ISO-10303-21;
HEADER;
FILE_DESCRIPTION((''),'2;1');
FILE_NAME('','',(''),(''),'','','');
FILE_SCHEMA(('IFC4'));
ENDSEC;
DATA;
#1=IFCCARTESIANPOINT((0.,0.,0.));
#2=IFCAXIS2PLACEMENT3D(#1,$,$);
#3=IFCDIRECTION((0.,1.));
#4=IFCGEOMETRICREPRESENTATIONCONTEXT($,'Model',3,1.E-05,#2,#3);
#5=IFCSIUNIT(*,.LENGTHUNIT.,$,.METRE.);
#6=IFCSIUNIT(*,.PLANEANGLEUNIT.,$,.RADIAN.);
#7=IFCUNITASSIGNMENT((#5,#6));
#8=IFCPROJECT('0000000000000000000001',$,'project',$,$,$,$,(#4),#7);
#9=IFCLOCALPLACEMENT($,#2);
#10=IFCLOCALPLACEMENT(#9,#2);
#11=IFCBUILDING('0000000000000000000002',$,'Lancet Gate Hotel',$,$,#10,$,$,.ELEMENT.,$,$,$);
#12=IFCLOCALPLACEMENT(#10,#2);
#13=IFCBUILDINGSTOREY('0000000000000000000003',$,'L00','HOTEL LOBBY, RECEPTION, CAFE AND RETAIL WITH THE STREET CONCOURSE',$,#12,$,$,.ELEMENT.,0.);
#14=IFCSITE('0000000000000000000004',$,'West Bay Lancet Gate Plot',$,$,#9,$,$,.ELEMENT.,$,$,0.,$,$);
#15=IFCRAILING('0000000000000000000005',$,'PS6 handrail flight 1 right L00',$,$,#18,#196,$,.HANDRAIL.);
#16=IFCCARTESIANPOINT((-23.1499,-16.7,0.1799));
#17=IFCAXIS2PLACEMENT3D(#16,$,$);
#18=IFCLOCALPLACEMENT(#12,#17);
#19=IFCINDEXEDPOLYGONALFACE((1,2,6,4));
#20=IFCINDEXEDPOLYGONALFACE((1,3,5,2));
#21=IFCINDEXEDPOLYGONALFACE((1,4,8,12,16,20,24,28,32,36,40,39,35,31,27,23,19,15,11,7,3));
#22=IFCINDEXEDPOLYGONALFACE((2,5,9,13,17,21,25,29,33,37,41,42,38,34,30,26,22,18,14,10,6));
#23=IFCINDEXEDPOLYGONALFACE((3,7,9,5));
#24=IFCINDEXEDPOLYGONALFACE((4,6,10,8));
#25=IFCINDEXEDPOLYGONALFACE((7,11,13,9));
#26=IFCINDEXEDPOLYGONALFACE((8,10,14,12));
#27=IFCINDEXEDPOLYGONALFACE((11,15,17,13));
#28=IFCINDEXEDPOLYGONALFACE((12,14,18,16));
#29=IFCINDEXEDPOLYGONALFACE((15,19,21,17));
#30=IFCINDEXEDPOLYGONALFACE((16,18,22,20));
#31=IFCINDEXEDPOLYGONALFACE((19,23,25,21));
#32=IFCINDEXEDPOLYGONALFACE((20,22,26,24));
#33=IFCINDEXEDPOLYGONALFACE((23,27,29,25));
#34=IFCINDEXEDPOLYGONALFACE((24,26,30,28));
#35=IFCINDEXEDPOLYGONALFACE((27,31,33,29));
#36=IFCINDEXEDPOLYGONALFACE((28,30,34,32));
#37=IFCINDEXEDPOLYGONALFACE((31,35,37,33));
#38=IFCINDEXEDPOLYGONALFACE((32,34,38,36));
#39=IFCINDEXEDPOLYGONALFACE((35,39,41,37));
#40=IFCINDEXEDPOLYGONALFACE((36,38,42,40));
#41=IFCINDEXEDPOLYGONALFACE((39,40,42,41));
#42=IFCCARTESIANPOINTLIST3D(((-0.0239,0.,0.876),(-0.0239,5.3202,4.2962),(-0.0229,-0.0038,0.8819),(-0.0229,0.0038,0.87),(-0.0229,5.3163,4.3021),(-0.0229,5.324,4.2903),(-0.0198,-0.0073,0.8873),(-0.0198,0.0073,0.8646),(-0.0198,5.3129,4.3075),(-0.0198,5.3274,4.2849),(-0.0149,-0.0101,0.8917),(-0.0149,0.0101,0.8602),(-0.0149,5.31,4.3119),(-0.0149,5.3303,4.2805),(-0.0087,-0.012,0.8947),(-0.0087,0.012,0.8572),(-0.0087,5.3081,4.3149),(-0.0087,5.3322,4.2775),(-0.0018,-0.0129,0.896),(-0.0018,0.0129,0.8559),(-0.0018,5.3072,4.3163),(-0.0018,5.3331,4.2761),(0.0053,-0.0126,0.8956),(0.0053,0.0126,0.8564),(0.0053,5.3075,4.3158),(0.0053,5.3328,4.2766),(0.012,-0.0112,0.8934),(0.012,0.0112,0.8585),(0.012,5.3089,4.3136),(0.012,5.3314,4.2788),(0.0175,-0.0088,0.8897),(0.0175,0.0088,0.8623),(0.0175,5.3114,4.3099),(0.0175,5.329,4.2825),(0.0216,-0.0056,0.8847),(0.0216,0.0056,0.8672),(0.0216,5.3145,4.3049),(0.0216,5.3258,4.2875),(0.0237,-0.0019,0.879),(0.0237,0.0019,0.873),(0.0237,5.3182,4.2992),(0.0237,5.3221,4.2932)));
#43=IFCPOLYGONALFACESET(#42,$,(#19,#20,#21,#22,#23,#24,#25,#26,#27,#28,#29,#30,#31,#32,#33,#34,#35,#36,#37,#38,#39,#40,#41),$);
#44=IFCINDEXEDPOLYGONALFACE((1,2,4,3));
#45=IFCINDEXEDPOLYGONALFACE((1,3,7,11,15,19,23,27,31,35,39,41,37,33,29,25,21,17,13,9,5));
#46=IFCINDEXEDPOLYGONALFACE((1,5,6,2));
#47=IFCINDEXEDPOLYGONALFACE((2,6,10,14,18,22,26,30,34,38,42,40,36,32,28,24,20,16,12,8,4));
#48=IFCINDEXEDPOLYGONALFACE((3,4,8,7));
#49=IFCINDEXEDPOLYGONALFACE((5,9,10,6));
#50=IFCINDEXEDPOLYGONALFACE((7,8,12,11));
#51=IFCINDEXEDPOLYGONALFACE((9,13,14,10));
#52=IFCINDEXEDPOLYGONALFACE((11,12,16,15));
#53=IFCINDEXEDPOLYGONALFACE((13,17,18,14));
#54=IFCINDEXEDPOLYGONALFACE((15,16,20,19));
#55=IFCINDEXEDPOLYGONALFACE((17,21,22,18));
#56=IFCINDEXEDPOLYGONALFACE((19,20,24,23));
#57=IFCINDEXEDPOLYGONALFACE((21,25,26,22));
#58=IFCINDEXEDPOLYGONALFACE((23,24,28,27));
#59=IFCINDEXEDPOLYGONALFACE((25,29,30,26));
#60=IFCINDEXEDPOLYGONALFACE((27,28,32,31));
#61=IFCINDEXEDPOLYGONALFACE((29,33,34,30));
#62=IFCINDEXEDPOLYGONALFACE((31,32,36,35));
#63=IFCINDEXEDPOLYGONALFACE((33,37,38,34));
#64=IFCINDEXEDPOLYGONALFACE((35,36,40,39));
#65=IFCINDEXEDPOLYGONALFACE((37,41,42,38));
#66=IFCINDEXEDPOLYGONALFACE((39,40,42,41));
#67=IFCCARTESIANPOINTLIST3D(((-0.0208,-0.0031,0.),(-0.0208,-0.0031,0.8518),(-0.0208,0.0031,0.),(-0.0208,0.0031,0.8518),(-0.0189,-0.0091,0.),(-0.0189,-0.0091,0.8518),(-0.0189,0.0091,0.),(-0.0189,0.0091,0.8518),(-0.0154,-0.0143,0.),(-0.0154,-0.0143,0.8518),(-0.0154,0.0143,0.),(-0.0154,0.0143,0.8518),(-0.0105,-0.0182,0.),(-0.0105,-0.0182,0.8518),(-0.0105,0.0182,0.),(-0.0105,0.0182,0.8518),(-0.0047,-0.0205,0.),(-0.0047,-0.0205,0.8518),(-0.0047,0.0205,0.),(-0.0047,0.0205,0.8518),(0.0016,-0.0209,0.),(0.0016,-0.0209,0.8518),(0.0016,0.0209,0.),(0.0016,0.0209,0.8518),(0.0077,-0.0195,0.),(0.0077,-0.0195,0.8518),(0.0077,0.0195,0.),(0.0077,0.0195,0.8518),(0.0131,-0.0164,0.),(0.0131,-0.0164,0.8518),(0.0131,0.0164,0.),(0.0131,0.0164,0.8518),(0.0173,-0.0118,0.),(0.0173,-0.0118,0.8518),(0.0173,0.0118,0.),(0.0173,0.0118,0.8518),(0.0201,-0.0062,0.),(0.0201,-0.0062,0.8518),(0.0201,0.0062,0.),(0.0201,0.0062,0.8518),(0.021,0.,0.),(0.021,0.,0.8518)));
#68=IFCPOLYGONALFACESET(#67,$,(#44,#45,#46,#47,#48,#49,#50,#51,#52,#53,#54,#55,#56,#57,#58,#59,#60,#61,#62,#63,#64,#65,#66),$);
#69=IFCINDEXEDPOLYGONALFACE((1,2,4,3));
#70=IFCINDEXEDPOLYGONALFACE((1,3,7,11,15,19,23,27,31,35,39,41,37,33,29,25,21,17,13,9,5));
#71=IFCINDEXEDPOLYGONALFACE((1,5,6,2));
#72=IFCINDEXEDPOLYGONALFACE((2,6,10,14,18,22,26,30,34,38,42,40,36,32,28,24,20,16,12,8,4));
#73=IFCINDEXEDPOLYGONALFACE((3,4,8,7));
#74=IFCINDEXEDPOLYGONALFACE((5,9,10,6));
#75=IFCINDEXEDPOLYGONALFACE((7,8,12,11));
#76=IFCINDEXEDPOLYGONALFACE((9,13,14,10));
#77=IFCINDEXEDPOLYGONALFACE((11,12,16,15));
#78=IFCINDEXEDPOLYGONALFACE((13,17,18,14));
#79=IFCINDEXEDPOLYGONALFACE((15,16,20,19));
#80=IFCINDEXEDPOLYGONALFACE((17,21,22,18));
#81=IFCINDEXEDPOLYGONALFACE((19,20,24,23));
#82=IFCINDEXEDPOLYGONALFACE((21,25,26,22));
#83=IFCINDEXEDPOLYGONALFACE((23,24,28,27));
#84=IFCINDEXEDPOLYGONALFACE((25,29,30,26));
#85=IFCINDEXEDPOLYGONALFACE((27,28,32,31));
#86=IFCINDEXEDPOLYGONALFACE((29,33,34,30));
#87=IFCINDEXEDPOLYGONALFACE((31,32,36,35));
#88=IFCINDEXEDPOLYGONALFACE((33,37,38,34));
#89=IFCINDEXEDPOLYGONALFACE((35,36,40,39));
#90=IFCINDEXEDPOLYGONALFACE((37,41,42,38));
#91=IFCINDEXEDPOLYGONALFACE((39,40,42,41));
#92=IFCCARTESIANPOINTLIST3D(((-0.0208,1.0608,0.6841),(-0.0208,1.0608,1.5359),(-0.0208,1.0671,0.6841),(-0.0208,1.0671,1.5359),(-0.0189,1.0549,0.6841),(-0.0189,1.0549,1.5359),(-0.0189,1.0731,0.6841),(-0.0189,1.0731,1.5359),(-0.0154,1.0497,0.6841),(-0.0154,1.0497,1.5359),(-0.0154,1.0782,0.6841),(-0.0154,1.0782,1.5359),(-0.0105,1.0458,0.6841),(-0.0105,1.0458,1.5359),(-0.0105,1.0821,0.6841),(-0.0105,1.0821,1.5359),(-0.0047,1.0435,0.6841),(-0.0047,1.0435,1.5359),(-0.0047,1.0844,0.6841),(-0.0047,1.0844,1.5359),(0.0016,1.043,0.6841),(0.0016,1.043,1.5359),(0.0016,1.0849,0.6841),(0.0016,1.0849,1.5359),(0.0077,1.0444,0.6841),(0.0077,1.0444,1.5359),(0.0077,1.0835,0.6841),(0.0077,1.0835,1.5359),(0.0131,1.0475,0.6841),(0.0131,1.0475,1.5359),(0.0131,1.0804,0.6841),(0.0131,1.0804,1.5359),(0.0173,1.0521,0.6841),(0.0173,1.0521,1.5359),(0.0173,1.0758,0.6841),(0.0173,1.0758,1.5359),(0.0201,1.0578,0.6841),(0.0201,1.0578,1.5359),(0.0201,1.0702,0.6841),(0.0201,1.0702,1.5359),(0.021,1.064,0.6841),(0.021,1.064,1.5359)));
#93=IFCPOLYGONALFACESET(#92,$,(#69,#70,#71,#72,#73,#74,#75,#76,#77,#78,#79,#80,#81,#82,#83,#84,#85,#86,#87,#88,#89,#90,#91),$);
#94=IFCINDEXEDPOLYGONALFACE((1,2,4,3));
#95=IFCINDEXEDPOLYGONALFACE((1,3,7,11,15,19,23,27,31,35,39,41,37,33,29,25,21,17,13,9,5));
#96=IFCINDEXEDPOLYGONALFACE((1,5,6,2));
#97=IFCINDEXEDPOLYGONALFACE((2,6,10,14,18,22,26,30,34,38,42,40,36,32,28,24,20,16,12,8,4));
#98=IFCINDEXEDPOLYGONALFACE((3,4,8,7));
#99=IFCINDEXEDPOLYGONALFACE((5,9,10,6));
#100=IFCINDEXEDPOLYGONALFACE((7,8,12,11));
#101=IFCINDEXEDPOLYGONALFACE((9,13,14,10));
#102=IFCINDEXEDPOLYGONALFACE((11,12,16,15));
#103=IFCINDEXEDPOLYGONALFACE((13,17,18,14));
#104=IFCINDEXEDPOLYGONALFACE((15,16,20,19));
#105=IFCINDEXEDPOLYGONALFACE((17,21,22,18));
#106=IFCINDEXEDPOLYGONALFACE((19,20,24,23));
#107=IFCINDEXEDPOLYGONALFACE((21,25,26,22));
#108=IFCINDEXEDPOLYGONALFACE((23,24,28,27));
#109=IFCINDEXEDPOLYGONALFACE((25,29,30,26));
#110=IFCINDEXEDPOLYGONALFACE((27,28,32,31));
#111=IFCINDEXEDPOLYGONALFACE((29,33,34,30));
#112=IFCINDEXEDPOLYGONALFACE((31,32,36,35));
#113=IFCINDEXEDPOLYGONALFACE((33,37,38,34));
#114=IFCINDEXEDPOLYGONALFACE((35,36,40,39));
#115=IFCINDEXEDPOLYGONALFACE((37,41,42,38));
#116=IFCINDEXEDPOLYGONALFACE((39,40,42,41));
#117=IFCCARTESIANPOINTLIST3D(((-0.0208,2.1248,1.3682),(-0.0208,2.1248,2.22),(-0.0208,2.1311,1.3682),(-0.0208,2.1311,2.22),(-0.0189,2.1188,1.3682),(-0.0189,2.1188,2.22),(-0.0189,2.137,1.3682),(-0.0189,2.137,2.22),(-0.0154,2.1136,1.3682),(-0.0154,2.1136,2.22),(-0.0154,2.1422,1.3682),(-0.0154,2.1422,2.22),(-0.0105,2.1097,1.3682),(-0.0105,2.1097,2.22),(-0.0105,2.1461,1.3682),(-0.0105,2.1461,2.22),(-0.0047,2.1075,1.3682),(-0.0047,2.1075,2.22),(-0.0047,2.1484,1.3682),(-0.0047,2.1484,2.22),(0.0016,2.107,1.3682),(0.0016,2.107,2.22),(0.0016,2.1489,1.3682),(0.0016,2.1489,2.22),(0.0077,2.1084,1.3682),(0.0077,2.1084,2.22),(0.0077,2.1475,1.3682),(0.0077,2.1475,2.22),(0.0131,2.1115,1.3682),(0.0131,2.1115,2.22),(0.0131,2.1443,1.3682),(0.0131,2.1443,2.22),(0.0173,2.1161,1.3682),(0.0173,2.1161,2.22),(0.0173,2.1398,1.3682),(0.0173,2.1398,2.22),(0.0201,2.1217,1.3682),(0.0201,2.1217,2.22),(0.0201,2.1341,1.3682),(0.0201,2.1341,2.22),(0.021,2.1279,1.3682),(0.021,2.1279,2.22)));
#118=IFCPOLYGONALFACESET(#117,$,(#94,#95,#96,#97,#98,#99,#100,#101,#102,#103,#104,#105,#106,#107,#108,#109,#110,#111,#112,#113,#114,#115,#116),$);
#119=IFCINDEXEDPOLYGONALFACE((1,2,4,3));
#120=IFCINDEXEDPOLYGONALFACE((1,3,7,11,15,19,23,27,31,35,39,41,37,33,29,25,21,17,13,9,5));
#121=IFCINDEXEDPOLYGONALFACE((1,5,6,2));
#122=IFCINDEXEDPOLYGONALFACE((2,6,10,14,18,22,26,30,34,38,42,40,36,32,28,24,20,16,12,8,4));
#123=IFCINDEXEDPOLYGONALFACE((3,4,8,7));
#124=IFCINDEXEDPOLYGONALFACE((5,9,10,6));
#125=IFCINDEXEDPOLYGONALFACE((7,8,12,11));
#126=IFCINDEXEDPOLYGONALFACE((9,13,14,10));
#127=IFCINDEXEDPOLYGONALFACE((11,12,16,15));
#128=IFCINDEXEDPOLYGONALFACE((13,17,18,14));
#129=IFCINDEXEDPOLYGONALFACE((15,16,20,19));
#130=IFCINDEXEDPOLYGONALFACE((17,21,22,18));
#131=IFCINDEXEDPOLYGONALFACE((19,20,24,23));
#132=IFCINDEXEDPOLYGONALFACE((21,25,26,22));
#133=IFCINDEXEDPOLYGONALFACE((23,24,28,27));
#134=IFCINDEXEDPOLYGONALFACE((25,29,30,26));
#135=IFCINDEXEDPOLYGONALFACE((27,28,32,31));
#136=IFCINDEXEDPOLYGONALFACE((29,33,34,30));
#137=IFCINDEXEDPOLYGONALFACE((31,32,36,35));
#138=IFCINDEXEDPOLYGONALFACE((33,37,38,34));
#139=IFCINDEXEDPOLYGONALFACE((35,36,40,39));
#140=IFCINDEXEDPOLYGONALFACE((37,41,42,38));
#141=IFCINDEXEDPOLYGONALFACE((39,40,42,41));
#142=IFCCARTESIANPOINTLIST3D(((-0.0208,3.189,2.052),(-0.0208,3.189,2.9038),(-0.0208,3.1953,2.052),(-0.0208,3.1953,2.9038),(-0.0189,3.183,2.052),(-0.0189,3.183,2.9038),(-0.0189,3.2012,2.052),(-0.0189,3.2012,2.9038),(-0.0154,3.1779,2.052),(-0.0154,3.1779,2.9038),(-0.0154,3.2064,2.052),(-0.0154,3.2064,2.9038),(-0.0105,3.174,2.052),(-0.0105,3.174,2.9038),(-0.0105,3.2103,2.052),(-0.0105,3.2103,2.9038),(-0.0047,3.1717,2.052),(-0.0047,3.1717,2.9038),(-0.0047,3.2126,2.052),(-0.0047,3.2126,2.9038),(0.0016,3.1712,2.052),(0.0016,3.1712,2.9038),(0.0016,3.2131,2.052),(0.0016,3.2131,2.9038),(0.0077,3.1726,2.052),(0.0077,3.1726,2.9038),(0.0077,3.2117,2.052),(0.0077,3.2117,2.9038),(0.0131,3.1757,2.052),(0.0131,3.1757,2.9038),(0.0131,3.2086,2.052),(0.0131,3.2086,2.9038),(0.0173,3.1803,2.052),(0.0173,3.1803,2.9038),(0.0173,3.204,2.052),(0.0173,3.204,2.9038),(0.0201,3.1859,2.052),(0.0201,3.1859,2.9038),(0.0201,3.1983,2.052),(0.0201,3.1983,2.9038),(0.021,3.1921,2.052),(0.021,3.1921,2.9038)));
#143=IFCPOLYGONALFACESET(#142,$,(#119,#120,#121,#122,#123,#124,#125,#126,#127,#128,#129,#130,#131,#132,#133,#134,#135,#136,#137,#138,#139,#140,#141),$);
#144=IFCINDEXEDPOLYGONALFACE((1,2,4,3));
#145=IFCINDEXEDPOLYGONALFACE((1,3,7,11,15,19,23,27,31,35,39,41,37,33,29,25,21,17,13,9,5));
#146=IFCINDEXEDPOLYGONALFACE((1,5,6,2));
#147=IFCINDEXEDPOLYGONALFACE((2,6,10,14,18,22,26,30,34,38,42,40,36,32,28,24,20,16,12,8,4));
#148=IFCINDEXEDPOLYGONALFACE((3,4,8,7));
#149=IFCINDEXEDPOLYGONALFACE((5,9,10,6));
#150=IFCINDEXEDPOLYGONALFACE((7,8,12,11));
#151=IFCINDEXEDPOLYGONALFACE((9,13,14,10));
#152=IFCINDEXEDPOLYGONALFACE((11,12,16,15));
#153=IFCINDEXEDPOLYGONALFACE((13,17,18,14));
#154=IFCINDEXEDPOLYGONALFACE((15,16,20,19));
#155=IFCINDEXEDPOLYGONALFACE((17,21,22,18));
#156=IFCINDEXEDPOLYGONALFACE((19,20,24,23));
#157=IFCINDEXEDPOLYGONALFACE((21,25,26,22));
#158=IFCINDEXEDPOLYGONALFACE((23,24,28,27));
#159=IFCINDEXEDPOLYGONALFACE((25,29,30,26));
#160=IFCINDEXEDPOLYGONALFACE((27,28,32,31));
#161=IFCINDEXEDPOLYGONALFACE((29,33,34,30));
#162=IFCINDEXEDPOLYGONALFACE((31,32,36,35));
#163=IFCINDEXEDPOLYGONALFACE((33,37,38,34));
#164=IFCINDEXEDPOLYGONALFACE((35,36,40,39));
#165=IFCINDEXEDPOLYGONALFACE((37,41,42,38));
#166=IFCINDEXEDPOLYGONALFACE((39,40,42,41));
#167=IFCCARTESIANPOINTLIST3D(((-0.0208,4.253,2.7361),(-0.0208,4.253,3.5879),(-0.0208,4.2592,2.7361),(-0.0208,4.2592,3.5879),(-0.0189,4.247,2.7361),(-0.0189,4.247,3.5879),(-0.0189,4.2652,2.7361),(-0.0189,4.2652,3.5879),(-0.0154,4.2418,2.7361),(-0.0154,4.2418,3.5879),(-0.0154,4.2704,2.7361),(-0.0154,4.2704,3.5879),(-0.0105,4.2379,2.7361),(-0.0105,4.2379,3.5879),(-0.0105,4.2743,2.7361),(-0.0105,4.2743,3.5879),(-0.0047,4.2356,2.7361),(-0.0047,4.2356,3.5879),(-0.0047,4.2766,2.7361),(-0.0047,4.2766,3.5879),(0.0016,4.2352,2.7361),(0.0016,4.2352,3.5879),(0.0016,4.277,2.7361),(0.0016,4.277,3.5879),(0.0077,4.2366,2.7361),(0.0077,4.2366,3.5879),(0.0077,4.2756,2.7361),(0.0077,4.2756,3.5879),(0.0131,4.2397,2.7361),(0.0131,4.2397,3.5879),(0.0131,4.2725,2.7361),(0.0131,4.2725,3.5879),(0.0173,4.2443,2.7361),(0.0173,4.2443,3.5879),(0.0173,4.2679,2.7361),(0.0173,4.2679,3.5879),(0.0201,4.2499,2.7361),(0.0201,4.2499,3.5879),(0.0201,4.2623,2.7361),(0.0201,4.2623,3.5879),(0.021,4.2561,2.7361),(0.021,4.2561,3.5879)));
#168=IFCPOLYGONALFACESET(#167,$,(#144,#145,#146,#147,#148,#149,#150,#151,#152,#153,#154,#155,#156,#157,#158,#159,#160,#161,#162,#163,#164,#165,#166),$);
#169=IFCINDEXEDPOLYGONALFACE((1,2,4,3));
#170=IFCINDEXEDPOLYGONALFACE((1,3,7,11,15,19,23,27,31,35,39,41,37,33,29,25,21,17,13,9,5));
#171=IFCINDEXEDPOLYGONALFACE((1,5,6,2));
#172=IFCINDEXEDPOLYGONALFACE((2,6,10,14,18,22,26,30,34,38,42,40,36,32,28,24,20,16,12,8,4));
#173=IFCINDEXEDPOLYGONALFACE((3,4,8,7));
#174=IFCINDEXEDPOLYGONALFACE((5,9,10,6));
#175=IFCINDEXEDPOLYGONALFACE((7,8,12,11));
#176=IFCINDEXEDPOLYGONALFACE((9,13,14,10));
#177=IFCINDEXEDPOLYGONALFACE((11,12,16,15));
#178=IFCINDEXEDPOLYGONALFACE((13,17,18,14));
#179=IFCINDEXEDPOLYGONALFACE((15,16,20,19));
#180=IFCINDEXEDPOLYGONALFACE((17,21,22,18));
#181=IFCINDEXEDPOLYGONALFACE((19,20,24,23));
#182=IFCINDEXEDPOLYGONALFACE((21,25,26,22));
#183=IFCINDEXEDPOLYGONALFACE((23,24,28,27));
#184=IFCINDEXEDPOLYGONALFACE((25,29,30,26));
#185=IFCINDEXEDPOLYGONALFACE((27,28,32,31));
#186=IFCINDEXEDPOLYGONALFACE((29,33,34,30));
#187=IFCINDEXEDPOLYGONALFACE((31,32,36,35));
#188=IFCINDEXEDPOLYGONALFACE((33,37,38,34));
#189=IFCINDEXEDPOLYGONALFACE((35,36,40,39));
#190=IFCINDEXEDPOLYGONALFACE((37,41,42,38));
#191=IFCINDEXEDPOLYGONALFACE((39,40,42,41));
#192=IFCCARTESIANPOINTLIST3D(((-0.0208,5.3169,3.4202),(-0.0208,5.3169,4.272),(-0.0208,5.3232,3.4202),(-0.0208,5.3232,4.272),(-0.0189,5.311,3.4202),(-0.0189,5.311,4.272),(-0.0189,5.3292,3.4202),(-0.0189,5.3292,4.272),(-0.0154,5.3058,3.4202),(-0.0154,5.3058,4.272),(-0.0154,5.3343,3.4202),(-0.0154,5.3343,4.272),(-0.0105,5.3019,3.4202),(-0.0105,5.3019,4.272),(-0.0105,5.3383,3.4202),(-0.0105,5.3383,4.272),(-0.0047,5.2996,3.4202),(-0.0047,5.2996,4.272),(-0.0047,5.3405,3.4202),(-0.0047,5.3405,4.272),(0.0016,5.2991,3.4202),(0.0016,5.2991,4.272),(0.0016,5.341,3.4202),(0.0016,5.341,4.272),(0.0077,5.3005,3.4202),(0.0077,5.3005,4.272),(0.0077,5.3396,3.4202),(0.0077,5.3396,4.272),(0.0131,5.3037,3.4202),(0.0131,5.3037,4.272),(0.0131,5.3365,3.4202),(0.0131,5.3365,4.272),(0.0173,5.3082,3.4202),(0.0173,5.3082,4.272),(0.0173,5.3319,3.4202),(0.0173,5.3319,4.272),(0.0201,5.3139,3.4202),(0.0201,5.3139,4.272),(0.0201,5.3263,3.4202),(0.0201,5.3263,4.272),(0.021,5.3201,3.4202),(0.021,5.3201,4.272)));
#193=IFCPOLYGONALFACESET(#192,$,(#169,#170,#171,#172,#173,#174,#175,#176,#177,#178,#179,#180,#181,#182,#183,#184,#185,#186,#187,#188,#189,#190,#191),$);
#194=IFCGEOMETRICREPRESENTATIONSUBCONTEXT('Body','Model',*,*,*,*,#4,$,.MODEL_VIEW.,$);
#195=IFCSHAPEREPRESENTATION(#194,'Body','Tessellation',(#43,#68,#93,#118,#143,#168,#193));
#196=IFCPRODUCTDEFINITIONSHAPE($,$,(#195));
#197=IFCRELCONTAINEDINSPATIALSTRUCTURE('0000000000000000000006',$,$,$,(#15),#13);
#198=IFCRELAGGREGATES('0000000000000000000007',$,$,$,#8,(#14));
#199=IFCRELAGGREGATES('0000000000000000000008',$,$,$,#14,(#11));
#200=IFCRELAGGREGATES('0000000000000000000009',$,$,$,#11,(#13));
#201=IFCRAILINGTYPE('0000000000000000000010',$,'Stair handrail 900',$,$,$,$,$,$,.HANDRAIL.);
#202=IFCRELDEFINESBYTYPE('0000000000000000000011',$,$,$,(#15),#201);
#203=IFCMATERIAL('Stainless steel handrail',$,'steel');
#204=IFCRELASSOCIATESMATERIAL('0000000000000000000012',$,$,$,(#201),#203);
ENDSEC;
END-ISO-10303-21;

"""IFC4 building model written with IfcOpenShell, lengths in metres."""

from ifc_helpers import new_model, si_unit, direction, frame, origin, origin_2d, place, context, subcontext, project, spatial, circle, extrude, material, type_object, element, save


model = new_model("IFC4")

# Units and contexts
model_context = context("Model", 3, precision=1e-05, world=origin(), true_north=direction((0.0, 1.0)))
body_context = subcontext(model_context, "Body", "Model", "MODEL_VIEW")
ifc_project = project(units=[si_unit("LENGTHUNIT", "METRE"), si_unit("PLANEANGLEUNIT", "RADIAN")], contexts=[model_context])

# Site, building, storey
site_placement = place(None, origin())
site = spatial("IfcSite", under=ifc_project, at=site_placement, Name="West Bay Lancet Gate Plot", CompositionType="ELEMENT", RefElevation=0.0)
building_placement = place(site_placement, origin())
building = spatial("IfcBuilding", under=site, at=building_placement, Name="Lancet Gate Hotel", CompositionType="ELEMENT")
storey_placement = place(building_placement, origin())
storey = spatial("IfcBuildingStorey", under=building, at=storey_placement, Name="L00", Description="HOTEL LOBBY, RECEPTION, CAFE AND RETAIL WITH THE STREET CONCOURSE", CompositionType="ELEMENT", Elevation=0.0)

# Railing
ifc_material_1 = material(Name="Stainless steel handrail", Category="steel")
railing_type_1 = type_object("IfcRailingType", Name="Stair handrail 900", PredefinedType="HANDRAIL", material=ifc_material_1)
railing_1_placement = place(storey_placement, frame((-23.1499, -16.7, 0.1799)))
element("IfcRailing", 1, at=railing_1_placement, inside=storey, type_object=railing_type_1, Name="PS6 handrail flight 1 right L00", PredefinedType="HANDRAIL", context=body_context, shape_type="SweptSolid", body=[
    extrude(circle(Radius=0.0239, at=origin_2d()), frame((0.0, 0.0, 0.876), z_axis=(0.0, 0.84117, 0.540771), x_axis=(-1.0, 0.0, 0.0)), (0.0, 0.0, 1.0), 6.3247),
    extrude(circle(Radius=0.021, at=origin_2d()), origin(), (0.0, 0.0, 1.0), 0.8518),
    extrude(circle(Radius=0.021, at=origin_2d()), frame((0.0, 1.064, 0.6841)), (0.0, 0.0, 1.0), 0.8518),
    extrude(circle(Radius=0.021, at=origin_2d()), frame((0.0, 2.1279, 1.3682)), (0.0, 0.0, 1.0), 0.8518),
    extrude(circle(Radius=0.021, at=origin_2d()), frame((0.0, 3.1921, 2.052)), (0.0, 0.0, 1.0), 0.8518),
    extrude(circle(Radius=0.021, at=origin_2d()), frame((0.0, 4.2561, 2.7361)), (0.0, 0.0, 1.0), 0.8518),
    extrude(circle(Radius=0.021, at=origin_2d()), frame((0.0, 5.3201, 3.4202)), (0.0, 0.0, 1.0), 0.8518),
])

save(model, "model.ifc")
